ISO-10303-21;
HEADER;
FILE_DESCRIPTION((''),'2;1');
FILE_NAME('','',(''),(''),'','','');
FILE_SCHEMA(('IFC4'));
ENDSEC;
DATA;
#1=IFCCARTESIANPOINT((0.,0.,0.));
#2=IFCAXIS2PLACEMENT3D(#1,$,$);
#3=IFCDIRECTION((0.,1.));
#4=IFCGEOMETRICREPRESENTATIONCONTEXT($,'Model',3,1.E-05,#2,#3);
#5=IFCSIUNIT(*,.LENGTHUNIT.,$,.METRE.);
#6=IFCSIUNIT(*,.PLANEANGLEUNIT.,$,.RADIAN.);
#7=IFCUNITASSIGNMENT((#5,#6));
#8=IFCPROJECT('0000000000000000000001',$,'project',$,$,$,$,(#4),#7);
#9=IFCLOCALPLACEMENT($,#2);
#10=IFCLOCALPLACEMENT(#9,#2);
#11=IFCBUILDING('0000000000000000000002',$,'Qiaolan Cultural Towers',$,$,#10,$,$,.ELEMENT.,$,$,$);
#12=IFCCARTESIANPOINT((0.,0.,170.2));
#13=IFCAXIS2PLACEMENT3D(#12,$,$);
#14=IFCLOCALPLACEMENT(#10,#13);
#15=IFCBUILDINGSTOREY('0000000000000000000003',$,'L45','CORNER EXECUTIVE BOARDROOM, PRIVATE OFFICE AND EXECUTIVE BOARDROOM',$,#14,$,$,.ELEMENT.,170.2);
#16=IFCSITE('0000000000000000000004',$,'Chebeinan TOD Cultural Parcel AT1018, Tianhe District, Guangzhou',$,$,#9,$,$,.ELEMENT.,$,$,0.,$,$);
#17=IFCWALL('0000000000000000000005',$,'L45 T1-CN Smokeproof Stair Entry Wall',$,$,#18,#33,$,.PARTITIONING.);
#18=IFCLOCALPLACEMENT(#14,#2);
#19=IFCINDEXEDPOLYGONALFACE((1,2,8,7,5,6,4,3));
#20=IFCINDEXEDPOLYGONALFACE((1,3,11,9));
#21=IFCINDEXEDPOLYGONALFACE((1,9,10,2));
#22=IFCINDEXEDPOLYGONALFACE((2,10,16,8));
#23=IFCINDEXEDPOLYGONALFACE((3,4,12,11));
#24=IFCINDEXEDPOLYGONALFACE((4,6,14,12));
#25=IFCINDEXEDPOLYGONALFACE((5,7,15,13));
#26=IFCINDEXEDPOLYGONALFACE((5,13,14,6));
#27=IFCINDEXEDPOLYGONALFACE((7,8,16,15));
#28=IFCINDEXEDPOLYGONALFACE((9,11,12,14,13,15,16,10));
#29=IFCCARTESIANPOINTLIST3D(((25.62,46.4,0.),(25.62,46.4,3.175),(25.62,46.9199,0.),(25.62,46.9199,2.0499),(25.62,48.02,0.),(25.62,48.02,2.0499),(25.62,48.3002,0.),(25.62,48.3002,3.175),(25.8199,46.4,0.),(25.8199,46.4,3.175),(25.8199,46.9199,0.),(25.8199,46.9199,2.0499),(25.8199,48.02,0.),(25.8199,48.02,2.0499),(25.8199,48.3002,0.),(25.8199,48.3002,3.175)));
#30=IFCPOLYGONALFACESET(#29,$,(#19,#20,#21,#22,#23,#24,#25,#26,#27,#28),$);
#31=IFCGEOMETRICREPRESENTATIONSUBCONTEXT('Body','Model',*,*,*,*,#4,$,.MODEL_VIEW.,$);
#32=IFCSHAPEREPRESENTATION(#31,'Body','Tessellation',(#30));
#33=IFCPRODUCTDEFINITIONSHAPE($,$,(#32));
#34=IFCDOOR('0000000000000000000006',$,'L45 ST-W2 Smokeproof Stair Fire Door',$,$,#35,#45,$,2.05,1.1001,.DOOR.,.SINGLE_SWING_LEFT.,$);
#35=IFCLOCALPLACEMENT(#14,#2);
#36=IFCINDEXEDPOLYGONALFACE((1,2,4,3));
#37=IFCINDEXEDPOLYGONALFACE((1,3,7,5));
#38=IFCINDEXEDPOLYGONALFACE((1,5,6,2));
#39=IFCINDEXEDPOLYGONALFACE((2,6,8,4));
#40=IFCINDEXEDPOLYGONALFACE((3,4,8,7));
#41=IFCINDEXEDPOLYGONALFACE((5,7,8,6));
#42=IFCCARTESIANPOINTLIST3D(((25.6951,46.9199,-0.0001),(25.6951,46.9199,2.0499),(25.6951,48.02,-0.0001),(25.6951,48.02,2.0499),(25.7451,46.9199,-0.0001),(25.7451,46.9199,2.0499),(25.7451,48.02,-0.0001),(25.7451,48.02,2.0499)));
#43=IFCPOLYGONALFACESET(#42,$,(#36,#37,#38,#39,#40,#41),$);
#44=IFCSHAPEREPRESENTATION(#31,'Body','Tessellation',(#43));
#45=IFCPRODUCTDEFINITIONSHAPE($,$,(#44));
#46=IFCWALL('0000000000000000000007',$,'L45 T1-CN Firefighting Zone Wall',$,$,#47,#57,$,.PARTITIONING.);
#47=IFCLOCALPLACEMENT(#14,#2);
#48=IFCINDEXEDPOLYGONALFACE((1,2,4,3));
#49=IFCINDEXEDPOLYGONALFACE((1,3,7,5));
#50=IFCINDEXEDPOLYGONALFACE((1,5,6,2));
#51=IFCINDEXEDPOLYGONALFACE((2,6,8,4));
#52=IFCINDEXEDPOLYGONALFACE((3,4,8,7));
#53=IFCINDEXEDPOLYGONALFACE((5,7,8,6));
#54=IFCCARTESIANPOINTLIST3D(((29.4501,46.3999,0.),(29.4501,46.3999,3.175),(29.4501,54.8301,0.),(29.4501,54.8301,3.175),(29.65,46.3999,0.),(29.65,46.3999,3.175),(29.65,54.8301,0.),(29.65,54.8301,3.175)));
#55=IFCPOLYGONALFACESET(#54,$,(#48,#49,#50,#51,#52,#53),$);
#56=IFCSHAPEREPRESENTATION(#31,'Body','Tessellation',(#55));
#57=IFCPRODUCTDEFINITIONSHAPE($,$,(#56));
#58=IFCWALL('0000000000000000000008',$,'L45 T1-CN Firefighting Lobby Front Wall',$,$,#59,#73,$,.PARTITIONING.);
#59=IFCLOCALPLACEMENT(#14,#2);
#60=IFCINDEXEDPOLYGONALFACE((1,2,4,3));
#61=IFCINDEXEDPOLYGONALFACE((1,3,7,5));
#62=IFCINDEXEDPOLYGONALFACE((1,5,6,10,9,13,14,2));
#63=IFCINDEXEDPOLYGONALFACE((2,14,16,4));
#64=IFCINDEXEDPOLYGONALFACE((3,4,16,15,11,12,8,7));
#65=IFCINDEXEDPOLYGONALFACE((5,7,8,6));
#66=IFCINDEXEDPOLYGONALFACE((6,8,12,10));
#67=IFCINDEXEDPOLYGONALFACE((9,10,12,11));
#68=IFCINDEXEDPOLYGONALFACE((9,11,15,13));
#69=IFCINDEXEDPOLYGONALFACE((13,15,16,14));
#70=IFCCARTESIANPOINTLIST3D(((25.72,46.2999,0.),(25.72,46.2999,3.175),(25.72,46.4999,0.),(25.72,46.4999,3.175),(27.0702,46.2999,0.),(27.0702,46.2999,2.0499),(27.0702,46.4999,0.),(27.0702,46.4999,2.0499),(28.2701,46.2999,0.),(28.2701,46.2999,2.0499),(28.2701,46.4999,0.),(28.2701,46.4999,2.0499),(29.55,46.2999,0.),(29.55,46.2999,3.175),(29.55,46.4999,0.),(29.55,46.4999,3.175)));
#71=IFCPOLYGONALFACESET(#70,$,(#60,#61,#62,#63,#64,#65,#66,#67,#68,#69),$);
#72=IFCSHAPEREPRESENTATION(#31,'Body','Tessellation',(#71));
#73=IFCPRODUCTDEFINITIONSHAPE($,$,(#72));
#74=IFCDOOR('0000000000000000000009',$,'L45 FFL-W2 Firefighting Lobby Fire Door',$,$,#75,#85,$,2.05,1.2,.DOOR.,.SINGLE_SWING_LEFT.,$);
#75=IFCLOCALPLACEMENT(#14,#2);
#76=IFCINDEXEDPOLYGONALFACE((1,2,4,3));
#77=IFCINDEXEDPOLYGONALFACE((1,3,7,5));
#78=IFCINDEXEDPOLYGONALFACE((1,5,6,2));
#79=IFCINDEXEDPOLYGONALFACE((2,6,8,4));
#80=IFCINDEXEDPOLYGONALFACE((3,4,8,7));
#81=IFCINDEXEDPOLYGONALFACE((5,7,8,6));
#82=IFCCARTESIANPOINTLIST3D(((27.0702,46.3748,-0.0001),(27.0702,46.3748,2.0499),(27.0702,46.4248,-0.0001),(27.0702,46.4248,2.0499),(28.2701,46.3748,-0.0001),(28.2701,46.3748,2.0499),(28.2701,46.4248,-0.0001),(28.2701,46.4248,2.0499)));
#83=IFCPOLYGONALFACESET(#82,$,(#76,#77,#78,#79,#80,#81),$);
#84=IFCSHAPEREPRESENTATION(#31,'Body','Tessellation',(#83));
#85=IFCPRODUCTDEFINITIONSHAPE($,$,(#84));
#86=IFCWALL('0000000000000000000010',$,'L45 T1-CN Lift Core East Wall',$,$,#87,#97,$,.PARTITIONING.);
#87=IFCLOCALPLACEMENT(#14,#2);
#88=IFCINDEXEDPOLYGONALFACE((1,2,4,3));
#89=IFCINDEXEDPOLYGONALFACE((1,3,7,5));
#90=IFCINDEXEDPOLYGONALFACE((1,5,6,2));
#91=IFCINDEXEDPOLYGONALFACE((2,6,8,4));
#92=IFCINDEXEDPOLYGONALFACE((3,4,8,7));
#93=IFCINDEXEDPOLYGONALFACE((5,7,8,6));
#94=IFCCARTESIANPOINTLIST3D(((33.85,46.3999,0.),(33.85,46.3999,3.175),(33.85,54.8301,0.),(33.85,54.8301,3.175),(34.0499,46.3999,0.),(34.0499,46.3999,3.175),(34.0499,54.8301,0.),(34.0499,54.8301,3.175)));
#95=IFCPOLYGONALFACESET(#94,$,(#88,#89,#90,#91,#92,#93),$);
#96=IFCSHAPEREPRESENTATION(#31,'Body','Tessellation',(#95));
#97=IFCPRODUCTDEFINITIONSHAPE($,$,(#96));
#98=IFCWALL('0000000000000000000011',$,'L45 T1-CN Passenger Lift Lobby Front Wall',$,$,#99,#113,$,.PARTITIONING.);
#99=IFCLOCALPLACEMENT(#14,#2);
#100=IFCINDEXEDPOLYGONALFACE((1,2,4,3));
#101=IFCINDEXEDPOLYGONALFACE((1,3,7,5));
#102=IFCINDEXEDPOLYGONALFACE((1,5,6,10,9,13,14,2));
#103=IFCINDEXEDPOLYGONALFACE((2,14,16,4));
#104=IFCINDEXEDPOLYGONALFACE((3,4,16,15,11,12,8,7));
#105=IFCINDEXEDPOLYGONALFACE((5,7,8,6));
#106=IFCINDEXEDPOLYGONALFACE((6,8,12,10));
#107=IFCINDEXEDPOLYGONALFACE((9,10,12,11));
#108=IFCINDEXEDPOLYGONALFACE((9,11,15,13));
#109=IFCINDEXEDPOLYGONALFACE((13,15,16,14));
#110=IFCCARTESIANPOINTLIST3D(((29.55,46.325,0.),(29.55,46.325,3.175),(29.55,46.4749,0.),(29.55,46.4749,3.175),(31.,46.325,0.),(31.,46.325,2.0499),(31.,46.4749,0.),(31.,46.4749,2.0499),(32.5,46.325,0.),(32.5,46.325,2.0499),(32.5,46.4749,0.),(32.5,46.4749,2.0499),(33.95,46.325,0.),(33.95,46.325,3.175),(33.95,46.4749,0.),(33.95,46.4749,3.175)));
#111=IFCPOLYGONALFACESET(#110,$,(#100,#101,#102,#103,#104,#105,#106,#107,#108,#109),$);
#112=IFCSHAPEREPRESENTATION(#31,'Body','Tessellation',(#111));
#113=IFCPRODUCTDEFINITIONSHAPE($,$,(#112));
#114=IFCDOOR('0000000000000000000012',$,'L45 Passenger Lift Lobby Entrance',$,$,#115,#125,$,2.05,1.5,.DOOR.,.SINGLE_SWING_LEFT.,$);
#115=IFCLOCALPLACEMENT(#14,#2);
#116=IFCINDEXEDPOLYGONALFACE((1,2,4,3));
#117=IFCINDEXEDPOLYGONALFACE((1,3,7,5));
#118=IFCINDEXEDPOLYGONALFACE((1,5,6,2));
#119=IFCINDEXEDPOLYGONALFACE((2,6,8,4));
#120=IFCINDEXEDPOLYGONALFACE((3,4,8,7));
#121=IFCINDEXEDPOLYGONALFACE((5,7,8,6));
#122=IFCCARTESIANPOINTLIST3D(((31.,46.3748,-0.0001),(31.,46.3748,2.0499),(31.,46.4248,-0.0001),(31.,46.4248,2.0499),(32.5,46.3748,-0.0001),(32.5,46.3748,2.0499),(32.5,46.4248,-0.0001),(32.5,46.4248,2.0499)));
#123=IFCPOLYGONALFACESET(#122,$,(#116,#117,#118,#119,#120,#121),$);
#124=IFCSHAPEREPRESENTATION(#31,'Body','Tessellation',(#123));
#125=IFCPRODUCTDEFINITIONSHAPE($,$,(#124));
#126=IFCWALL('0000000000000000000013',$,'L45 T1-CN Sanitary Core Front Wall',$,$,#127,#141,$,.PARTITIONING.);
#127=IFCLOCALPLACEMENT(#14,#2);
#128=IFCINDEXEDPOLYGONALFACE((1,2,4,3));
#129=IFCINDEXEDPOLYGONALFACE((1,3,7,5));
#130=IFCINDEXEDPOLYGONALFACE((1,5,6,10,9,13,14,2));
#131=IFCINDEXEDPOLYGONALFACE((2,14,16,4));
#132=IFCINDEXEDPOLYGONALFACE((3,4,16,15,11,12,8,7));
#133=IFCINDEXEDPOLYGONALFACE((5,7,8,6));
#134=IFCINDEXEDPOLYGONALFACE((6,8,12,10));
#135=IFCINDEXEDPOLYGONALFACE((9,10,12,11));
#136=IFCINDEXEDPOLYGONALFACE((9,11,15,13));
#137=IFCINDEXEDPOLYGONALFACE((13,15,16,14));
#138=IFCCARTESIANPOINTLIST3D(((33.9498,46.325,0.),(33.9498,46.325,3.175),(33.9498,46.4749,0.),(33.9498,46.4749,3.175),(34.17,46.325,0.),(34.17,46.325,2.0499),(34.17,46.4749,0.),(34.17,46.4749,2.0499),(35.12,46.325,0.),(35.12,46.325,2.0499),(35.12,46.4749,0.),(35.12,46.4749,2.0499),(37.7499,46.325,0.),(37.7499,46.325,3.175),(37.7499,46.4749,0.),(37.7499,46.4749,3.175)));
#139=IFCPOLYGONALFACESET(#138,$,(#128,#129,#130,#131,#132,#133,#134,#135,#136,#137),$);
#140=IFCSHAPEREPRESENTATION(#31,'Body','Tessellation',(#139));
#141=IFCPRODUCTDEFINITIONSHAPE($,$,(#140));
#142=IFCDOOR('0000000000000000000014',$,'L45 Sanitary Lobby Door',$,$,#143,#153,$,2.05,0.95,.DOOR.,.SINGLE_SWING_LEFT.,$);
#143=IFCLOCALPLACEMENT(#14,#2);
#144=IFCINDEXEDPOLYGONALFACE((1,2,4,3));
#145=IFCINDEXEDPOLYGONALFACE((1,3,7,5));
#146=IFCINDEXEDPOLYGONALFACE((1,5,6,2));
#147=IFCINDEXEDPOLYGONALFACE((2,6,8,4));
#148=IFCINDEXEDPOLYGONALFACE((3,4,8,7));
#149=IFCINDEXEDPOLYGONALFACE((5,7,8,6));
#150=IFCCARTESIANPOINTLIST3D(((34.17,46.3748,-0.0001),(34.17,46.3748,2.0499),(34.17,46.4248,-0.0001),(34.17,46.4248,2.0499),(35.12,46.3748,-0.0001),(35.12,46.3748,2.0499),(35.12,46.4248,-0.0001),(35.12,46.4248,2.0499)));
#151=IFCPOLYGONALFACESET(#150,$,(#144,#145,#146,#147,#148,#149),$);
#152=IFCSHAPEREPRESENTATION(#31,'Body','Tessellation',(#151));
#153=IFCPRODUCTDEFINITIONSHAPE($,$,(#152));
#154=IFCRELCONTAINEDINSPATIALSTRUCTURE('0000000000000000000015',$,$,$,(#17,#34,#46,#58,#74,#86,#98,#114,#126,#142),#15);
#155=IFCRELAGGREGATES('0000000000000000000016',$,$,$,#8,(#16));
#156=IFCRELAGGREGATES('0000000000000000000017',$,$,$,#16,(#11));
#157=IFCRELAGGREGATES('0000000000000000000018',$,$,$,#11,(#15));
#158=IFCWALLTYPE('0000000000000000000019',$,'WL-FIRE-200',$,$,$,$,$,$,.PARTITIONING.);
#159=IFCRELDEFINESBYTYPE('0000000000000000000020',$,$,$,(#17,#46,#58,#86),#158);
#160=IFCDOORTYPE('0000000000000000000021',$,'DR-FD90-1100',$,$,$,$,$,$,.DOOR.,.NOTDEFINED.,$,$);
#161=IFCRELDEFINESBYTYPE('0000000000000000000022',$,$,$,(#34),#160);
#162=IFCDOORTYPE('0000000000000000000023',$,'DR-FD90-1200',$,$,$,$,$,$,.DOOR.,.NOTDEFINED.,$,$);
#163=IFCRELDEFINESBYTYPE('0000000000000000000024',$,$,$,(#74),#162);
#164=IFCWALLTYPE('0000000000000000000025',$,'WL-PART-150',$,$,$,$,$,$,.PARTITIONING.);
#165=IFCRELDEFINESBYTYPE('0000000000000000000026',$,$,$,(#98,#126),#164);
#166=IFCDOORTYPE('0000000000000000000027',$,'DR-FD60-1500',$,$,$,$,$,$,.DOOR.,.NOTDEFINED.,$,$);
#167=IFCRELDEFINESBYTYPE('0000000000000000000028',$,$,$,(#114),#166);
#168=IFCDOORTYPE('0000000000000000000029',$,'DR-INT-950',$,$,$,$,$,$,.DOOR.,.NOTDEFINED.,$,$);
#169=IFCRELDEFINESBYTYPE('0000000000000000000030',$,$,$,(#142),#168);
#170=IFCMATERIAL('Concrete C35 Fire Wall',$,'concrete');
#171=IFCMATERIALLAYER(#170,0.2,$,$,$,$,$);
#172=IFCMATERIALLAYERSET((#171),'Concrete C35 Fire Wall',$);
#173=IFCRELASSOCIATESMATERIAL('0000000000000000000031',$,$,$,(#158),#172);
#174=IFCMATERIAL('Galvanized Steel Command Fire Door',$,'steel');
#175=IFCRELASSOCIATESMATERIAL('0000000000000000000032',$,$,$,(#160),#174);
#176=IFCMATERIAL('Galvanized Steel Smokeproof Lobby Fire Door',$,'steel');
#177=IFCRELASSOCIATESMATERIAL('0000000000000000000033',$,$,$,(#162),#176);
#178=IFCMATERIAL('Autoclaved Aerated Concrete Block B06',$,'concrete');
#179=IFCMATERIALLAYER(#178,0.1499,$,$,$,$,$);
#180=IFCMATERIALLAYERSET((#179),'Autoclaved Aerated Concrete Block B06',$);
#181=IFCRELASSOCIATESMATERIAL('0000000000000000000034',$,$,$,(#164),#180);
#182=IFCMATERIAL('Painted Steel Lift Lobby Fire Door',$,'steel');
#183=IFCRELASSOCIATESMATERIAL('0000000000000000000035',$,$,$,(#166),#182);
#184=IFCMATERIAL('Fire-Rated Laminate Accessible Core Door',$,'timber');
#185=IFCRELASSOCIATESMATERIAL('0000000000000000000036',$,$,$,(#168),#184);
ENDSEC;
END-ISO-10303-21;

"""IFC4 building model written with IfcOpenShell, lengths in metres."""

from ifc_helpers import new_model, si_unit, direction, frame, frame_2d, origin, place, context, subcontext, project, spatial, rectangle, extrude, material, layer, layer_set, type_object, element, fill, save


model = new_model("IFC4")

# Units and contexts
model_context = context("Model", 3, precision=1e-05, world=origin(), true_north=direction((0.0, 1.0)))
body_context = subcontext(model_context, "Body", "Model", "MODEL_VIEW")
ifc_project = project(units=[si_unit("LENGTHUNIT", "METRE"), si_unit("PLANEANGLEUNIT", "RADIAN")], contexts=[model_context])

# Site, building, storey
site_placement = place(None, origin())
site = spatial("IfcSite", under=ifc_project, at=site_placement, Name="Chebeinan TOD Cultural Parcel AT1018, Tianhe District, Guangzhou", CompositionType="ELEMENT", RefElevation=0.0)
building_placement = place(site_placement, origin())
building = spatial("IfcBuilding", under=site, at=building_placement, Name="Qiaolan Cultural Towers", CompositionType="ELEMENT")
storey_placement = place(building_placement, frame((0.0, 0.0, 170.2)))
storey = spatial("IfcBuildingStorey", under=building, at=storey_placement, Name="L45", Description="CORNER EXECUTIVE BOARDROOM, PRIVATE OFFICE AND EXECUTIVE BOARDROOM", CompositionType="ELEMENT", Elevation=170.2)

# Wall, opening, door
ifc_material_1 = material(Name="Concrete C35 Fire Wall", Category="concrete")
ifc_layer_1 = layer(ifc_material_1, 0.2)
ifc_layer_set_1 = layer_set([ifc_layer_1], Name="Concrete C35 Fire Wall")
wall_type_1 = type_object("IfcWallType", Name="WL-FIRE-200", PredefinedType="PARTITIONING", material=ifc_layer_set_1)
wall_1_placement = place(storey_placement, frame((25.72, 46.3999, 0.0), z_axis=(0.0, 0.0, 1.0), x_axis=(0.0, 1.0, 0.0)))
wall_1 = element("IfcWall", 1, at=wall_1_placement, inside=storey, type_object=wall_type_1, Name="L45 T1-CN Smokeproof Stair Entry Wall", PredefinedType="PARTITIONING", context=body_context, shape_type="SweptSolid", body=[
    extrude(rectangle(XDim=1.9001, YDim=0.2, at=frame_2d((0.9502, 0.0))), origin(), (0.0, 0.0, 1.0), 3.175),
])
opening_1_placement = place(wall_1_placement, frame((0.52, 0.0, 0.0)))
opening_1 = element("IfcOpeningElement", 2, at=opening_1_placement, cuts=wall_1, PredefinedType="OPENING", context=body_context, shape_type="SweptSolid", body=[
    extrude(rectangle(XDim=1.1001, YDim=2.05, at=frame_2d((0.55, 1.0249))), frame((0.0, 0.1099, 0.0), z_axis=(0.0, -1.0, 0.0), x_axis=(1.0, 0.0, 0.0)), (0.0, 0.0, 1.0), 0.22),
])
ifc_material_2 = material(Name="Galvanized Steel Command Fire Door", Category="steel")
door_type_1 = type_object("IfcDoorType", Name="DR-FD90-1100", OperationType="NOTDEFINED", PredefinedType="DOOR", material=ifc_material_2)
door_1_placement = place(opening_1_placement, origin())
door_1 = element("IfcDoor", 3, at=door_1_placement, inside=storey, type_object=door_type_1, Name="L45 ST-W2 Smokeproof Stair Fire Door", OperationType="SINGLE_SWING_LEFT", OverallHeight=2.05, OverallWidth=1.1001, PredefinedType="DOOR", context=body_context, shape_type="SweptSolid", body=[
    extrude(rectangle(XDim=1.1001, YDim=2.05, at=frame_2d((0.55, 1.0249))), frame((0.0, 0.0249, 0.0), z_axis=(0.0, -1.0, 0.0), x_axis=(1.0, 0.0, 0.0)), (0.0, 0.0, 1.0), 0.05),
])
fill(opening_1, door_1)

# Wall
wall_2_placement = place(storey_placement, frame((29.55, 46.3999, 0.0), z_axis=(0.0, 0.0, 1.0), x_axis=(0.0, 1.0, 0.0)))
element("IfcWall", 4, at=wall_2_placement, inside=storey, type_object=wall_type_1, Name="L45 T1-CN Firefighting Zone Wall", PredefinedType="PARTITIONING", context=body_context, shape_type="SweptSolid", body=[
    extrude(rectangle(XDim=8.4302, YDim=0.2, at=frame_2d((4.2151, 0.0))), origin(), (0.0, 0.0, 1.0), 3.175),
])

# Wall, opening, door
wall_3_placement = place(storey_placement, frame((25.72, 46.3999, 0.0), z_axis=(0.0, 0.0, 1.0), x_axis=(1.0, 0.0, 0.0)))
wall_3 = element("IfcWall", 5, at=wall_3_placement, inside=storey, type_object=wall_type_1, Name="L45 T1-CN Firefighting Lobby Front Wall", PredefinedType="PARTITIONING", context=body_context, shape_type="SweptSolid", body=[
    extrude(rectangle(XDim=3.8301, YDim=0.2, at=frame_2d((1.915, 0.0))), origin(), (0.0, 0.0, 1.0), 3.175),
])
opening_2_placement = place(wall_3_placement, frame((1.3501, 0.0, 0.0)))
opening_2 = element("IfcOpeningElement", 6, at=opening_2_placement, cuts=wall_3, PredefinedType="OPENING", context=body_context, shape_type="SweptSolid", body=[
    extrude(rectangle(XDim=1.2, YDim=2.05, at=frame_2d((0.6001, 1.0249))), frame((0.0, 0.1099, 0.0), z_axis=(0.0, -1.0, 0.0), x_axis=(1.0, 0.0, 0.0)), (0.0, 0.0, 1.0), 0.22),
])
ifc_material_3 = material(Name="Galvanized Steel Smokeproof Lobby Fire Door", Category="steel")
door_type_2 = type_object("IfcDoorType", Name="DR-FD90-1200", OperationType="NOTDEFINED", PredefinedType="DOOR", material=ifc_material_3)
door_2_placement = place(opening_2_placement, origin())
door_2 = element("IfcDoor", 7, at=door_2_placement, inside=storey, type_object=door_type_2, Name="L45 FFL-W2 Firefighting Lobby Fire Door", OperationType="SINGLE_SWING_LEFT", OverallHeight=2.05, OverallWidth=1.2, PredefinedType="DOOR", context=body_context, shape_type="SweptSolid", body=[
    extrude(rectangle(XDim=1.2, YDim=2.05, at=frame_2d((0.6001, 1.0249))), frame((0.0, 0.0249, 0.0), z_axis=(0.0, -1.0, 0.0), x_axis=(1.0, 0.0, 0.0)), (0.0, 0.0, 1.0), 0.05),
])
fill(opening_2, door_2)

# Wall
wall_4_placement = place(storey_placement, frame((33.95, 46.3999, 0.0), z_axis=(0.0, 0.0, 1.0), x_axis=(0.0, 1.0, 0.0)))
element("IfcWall", 8, at=wall_4_placement, inside=storey, type_object=wall_type_1, Name="L45 T1-CN Lift Core East Wall", PredefinedType="PARTITIONING", context=body_context, shape_type="SweptSolid", body=[
    extrude(rectangle(XDim=8.4302, YDim=0.2, at=frame_2d((4.2151, 0.0))), origin(), (0.0, 0.0, 1.0), 3.175),
])

# Walls, openings, doors
ifc_material_4 = material(Name="Autoclaved Aerated Concrete Block B06", Category="concrete")
ifc_layer_2 = layer(ifc_material_4, 0.1499)
ifc_layer_set_2 = layer_set([ifc_layer_2], Name="Autoclaved Aerated Concrete Block B06")
wall_type_2 = type_object("IfcWallType", Name="WL-PART-150", PredefinedType="PARTITIONING", material=ifc_layer_set_2)
wall_5_placement = place(storey_placement, frame((29.55, 46.3999, 0.0), z_axis=(0.0, 0.0, 1.0), x_axis=(1.0, 0.0, 0.0)))
wall_5 = element("IfcWall", 9, at=wall_5_placement, inside=storey, type_object=wall_type_2, Name="L45 T1-CN Passenger Lift Lobby Front Wall", PredefinedType="PARTITIONING", context=body_context, shape_type="SweptSolid", body=[
    extrude(rectangle(XDim=4.3999, YDim=0.1499, at=frame_2d((2.2, 0.0))), origin(), (0.0, 0.0, 1.0), 3.175),
])
opening_3_placement = place(wall_5_placement, frame((1.45, 0.0, 0.0)))
opening_3 = element("IfcOpeningElement", 10, at=opening_3_placement, cuts=wall_5, PredefinedType="OPENING", context=body_context, shape_type="SweptSolid", body=[
    extrude(rectangle(XDim=1.5, YDim=2.05, at=frame_2d((0.75, 1.0249))), frame((0.0, 0.085, 0.0), z_axis=(0.0, -1.0, 0.0), x_axis=(1.0, 0.0, 0.0)), (0.0, 0.0, 1.0), 0.1699),
])
ifc_material_5 = material(Name="Painted Steel Lift Lobby Fire Door", Category="steel")
door_type_3 = type_object("IfcDoorType", Name="DR-FD60-1500", OperationType="NOTDEFINED", PredefinedType="DOOR", material=ifc_material_5)
door_3_placement = place(opening_3_placement, origin())
door_3 = element("IfcDoor", 11, at=door_3_placement, inside=storey, type_object=door_type_3, Name="L45 Passenger Lift Lobby Entrance", OperationType="SINGLE_SWING_LEFT", OverallHeight=2.05, OverallWidth=1.5, PredefinedType="DOOR", context=body_context, shape_type="SweptSolid", body=[
    extrude(rectangle(XDim=1.5, YDim=2.05, at=frame_2d((0.75, 1.0249))), frame((0.0, 0.0249, 0.0), z_axis=(0.0, -1.0, 0.0), x_axis=(1.0, 0.0, 0.0)), (0.0, 0.0, 1.0), 0.05),
])
fill(opening_3, door_3)
wall_6_placement = place(storey_placement, frame((33.95, 46.3999, 0.0), z_axis=(0.0, 0.0, 1.0), x_axis=(1.0, 0.0, 0.0)))
wall_6 = element("IfcWall", 12, at=wall_6_placement, inside=storey, type_object=wall_type_2, Name="L45 T1-CN Sanitary Core Front Wall", PredefinedType="PARTITIONING", context=body_context, shape_type="SweptSolid", body=[
    extrude(rectangle(XDim=3.8, YDim=0.1499, at=frame_2d((1.8999, 0.0))), origin(), (0.0, 0.0, 1.0), 3.175),
])
opening_4_placement = place(wall_6_placement, frame((0.22, 0.0, 0.0)))
opening_4 = element("IfcOpeningElement", 13, at=opening_4_placement, cuts=wall_6, PredefinedType="OPENING", context=body_context, shape_type="SweptSolid", body=[
    extrude(rectangle(XDim=0.95, YDim=2.05, at=frame_2d((0.4751, 1.0249))), frame((0.0, 0.085, 0.0), z_axis=(0.0, -1.0, 0.0), x_axis=(1.0, 0.0, 0.0)), (0.0, 0.0, 1.0), 0.1699),
])
ifc_material_6 = material(Name="Fire-Rated Laminate Accessible Core Door", Category="timber")
door_type_4 = type_object("IfcDoorType", Name="DR-INT-950", OperationType="NOTDEFINED", PredefinedType="DOOR", material=ifc_material_6)
door_4_placement = place(opening_4_placement, origin())
door_4 = element("IfcDoor", 14, at=door_4_placement, inside=storey, type_object=door_type_4, Name="L45 Sanitary Lobby Door", OperationType="SINGLE_SWING_LEFT", OverallHeight=2.05, OverallWidth=0.95, PredefinedType="DOOR", context=body_context, shape_type="SweptSolid", body=[
    extrude(rectangle(XDim=0.95, YDim=2.05, at=frame_2d((0.4751, 1.0249))), frame((0.0, 0.0249, 0.0), z_axis=(0.0, -1.0, 0.0), x_axis=(1.0, 0.0, 0.0)), (0.0, 0.0, 1.0), 0.05),
])
fill(opening_4, door_4)

save(model, "model.ifc")
